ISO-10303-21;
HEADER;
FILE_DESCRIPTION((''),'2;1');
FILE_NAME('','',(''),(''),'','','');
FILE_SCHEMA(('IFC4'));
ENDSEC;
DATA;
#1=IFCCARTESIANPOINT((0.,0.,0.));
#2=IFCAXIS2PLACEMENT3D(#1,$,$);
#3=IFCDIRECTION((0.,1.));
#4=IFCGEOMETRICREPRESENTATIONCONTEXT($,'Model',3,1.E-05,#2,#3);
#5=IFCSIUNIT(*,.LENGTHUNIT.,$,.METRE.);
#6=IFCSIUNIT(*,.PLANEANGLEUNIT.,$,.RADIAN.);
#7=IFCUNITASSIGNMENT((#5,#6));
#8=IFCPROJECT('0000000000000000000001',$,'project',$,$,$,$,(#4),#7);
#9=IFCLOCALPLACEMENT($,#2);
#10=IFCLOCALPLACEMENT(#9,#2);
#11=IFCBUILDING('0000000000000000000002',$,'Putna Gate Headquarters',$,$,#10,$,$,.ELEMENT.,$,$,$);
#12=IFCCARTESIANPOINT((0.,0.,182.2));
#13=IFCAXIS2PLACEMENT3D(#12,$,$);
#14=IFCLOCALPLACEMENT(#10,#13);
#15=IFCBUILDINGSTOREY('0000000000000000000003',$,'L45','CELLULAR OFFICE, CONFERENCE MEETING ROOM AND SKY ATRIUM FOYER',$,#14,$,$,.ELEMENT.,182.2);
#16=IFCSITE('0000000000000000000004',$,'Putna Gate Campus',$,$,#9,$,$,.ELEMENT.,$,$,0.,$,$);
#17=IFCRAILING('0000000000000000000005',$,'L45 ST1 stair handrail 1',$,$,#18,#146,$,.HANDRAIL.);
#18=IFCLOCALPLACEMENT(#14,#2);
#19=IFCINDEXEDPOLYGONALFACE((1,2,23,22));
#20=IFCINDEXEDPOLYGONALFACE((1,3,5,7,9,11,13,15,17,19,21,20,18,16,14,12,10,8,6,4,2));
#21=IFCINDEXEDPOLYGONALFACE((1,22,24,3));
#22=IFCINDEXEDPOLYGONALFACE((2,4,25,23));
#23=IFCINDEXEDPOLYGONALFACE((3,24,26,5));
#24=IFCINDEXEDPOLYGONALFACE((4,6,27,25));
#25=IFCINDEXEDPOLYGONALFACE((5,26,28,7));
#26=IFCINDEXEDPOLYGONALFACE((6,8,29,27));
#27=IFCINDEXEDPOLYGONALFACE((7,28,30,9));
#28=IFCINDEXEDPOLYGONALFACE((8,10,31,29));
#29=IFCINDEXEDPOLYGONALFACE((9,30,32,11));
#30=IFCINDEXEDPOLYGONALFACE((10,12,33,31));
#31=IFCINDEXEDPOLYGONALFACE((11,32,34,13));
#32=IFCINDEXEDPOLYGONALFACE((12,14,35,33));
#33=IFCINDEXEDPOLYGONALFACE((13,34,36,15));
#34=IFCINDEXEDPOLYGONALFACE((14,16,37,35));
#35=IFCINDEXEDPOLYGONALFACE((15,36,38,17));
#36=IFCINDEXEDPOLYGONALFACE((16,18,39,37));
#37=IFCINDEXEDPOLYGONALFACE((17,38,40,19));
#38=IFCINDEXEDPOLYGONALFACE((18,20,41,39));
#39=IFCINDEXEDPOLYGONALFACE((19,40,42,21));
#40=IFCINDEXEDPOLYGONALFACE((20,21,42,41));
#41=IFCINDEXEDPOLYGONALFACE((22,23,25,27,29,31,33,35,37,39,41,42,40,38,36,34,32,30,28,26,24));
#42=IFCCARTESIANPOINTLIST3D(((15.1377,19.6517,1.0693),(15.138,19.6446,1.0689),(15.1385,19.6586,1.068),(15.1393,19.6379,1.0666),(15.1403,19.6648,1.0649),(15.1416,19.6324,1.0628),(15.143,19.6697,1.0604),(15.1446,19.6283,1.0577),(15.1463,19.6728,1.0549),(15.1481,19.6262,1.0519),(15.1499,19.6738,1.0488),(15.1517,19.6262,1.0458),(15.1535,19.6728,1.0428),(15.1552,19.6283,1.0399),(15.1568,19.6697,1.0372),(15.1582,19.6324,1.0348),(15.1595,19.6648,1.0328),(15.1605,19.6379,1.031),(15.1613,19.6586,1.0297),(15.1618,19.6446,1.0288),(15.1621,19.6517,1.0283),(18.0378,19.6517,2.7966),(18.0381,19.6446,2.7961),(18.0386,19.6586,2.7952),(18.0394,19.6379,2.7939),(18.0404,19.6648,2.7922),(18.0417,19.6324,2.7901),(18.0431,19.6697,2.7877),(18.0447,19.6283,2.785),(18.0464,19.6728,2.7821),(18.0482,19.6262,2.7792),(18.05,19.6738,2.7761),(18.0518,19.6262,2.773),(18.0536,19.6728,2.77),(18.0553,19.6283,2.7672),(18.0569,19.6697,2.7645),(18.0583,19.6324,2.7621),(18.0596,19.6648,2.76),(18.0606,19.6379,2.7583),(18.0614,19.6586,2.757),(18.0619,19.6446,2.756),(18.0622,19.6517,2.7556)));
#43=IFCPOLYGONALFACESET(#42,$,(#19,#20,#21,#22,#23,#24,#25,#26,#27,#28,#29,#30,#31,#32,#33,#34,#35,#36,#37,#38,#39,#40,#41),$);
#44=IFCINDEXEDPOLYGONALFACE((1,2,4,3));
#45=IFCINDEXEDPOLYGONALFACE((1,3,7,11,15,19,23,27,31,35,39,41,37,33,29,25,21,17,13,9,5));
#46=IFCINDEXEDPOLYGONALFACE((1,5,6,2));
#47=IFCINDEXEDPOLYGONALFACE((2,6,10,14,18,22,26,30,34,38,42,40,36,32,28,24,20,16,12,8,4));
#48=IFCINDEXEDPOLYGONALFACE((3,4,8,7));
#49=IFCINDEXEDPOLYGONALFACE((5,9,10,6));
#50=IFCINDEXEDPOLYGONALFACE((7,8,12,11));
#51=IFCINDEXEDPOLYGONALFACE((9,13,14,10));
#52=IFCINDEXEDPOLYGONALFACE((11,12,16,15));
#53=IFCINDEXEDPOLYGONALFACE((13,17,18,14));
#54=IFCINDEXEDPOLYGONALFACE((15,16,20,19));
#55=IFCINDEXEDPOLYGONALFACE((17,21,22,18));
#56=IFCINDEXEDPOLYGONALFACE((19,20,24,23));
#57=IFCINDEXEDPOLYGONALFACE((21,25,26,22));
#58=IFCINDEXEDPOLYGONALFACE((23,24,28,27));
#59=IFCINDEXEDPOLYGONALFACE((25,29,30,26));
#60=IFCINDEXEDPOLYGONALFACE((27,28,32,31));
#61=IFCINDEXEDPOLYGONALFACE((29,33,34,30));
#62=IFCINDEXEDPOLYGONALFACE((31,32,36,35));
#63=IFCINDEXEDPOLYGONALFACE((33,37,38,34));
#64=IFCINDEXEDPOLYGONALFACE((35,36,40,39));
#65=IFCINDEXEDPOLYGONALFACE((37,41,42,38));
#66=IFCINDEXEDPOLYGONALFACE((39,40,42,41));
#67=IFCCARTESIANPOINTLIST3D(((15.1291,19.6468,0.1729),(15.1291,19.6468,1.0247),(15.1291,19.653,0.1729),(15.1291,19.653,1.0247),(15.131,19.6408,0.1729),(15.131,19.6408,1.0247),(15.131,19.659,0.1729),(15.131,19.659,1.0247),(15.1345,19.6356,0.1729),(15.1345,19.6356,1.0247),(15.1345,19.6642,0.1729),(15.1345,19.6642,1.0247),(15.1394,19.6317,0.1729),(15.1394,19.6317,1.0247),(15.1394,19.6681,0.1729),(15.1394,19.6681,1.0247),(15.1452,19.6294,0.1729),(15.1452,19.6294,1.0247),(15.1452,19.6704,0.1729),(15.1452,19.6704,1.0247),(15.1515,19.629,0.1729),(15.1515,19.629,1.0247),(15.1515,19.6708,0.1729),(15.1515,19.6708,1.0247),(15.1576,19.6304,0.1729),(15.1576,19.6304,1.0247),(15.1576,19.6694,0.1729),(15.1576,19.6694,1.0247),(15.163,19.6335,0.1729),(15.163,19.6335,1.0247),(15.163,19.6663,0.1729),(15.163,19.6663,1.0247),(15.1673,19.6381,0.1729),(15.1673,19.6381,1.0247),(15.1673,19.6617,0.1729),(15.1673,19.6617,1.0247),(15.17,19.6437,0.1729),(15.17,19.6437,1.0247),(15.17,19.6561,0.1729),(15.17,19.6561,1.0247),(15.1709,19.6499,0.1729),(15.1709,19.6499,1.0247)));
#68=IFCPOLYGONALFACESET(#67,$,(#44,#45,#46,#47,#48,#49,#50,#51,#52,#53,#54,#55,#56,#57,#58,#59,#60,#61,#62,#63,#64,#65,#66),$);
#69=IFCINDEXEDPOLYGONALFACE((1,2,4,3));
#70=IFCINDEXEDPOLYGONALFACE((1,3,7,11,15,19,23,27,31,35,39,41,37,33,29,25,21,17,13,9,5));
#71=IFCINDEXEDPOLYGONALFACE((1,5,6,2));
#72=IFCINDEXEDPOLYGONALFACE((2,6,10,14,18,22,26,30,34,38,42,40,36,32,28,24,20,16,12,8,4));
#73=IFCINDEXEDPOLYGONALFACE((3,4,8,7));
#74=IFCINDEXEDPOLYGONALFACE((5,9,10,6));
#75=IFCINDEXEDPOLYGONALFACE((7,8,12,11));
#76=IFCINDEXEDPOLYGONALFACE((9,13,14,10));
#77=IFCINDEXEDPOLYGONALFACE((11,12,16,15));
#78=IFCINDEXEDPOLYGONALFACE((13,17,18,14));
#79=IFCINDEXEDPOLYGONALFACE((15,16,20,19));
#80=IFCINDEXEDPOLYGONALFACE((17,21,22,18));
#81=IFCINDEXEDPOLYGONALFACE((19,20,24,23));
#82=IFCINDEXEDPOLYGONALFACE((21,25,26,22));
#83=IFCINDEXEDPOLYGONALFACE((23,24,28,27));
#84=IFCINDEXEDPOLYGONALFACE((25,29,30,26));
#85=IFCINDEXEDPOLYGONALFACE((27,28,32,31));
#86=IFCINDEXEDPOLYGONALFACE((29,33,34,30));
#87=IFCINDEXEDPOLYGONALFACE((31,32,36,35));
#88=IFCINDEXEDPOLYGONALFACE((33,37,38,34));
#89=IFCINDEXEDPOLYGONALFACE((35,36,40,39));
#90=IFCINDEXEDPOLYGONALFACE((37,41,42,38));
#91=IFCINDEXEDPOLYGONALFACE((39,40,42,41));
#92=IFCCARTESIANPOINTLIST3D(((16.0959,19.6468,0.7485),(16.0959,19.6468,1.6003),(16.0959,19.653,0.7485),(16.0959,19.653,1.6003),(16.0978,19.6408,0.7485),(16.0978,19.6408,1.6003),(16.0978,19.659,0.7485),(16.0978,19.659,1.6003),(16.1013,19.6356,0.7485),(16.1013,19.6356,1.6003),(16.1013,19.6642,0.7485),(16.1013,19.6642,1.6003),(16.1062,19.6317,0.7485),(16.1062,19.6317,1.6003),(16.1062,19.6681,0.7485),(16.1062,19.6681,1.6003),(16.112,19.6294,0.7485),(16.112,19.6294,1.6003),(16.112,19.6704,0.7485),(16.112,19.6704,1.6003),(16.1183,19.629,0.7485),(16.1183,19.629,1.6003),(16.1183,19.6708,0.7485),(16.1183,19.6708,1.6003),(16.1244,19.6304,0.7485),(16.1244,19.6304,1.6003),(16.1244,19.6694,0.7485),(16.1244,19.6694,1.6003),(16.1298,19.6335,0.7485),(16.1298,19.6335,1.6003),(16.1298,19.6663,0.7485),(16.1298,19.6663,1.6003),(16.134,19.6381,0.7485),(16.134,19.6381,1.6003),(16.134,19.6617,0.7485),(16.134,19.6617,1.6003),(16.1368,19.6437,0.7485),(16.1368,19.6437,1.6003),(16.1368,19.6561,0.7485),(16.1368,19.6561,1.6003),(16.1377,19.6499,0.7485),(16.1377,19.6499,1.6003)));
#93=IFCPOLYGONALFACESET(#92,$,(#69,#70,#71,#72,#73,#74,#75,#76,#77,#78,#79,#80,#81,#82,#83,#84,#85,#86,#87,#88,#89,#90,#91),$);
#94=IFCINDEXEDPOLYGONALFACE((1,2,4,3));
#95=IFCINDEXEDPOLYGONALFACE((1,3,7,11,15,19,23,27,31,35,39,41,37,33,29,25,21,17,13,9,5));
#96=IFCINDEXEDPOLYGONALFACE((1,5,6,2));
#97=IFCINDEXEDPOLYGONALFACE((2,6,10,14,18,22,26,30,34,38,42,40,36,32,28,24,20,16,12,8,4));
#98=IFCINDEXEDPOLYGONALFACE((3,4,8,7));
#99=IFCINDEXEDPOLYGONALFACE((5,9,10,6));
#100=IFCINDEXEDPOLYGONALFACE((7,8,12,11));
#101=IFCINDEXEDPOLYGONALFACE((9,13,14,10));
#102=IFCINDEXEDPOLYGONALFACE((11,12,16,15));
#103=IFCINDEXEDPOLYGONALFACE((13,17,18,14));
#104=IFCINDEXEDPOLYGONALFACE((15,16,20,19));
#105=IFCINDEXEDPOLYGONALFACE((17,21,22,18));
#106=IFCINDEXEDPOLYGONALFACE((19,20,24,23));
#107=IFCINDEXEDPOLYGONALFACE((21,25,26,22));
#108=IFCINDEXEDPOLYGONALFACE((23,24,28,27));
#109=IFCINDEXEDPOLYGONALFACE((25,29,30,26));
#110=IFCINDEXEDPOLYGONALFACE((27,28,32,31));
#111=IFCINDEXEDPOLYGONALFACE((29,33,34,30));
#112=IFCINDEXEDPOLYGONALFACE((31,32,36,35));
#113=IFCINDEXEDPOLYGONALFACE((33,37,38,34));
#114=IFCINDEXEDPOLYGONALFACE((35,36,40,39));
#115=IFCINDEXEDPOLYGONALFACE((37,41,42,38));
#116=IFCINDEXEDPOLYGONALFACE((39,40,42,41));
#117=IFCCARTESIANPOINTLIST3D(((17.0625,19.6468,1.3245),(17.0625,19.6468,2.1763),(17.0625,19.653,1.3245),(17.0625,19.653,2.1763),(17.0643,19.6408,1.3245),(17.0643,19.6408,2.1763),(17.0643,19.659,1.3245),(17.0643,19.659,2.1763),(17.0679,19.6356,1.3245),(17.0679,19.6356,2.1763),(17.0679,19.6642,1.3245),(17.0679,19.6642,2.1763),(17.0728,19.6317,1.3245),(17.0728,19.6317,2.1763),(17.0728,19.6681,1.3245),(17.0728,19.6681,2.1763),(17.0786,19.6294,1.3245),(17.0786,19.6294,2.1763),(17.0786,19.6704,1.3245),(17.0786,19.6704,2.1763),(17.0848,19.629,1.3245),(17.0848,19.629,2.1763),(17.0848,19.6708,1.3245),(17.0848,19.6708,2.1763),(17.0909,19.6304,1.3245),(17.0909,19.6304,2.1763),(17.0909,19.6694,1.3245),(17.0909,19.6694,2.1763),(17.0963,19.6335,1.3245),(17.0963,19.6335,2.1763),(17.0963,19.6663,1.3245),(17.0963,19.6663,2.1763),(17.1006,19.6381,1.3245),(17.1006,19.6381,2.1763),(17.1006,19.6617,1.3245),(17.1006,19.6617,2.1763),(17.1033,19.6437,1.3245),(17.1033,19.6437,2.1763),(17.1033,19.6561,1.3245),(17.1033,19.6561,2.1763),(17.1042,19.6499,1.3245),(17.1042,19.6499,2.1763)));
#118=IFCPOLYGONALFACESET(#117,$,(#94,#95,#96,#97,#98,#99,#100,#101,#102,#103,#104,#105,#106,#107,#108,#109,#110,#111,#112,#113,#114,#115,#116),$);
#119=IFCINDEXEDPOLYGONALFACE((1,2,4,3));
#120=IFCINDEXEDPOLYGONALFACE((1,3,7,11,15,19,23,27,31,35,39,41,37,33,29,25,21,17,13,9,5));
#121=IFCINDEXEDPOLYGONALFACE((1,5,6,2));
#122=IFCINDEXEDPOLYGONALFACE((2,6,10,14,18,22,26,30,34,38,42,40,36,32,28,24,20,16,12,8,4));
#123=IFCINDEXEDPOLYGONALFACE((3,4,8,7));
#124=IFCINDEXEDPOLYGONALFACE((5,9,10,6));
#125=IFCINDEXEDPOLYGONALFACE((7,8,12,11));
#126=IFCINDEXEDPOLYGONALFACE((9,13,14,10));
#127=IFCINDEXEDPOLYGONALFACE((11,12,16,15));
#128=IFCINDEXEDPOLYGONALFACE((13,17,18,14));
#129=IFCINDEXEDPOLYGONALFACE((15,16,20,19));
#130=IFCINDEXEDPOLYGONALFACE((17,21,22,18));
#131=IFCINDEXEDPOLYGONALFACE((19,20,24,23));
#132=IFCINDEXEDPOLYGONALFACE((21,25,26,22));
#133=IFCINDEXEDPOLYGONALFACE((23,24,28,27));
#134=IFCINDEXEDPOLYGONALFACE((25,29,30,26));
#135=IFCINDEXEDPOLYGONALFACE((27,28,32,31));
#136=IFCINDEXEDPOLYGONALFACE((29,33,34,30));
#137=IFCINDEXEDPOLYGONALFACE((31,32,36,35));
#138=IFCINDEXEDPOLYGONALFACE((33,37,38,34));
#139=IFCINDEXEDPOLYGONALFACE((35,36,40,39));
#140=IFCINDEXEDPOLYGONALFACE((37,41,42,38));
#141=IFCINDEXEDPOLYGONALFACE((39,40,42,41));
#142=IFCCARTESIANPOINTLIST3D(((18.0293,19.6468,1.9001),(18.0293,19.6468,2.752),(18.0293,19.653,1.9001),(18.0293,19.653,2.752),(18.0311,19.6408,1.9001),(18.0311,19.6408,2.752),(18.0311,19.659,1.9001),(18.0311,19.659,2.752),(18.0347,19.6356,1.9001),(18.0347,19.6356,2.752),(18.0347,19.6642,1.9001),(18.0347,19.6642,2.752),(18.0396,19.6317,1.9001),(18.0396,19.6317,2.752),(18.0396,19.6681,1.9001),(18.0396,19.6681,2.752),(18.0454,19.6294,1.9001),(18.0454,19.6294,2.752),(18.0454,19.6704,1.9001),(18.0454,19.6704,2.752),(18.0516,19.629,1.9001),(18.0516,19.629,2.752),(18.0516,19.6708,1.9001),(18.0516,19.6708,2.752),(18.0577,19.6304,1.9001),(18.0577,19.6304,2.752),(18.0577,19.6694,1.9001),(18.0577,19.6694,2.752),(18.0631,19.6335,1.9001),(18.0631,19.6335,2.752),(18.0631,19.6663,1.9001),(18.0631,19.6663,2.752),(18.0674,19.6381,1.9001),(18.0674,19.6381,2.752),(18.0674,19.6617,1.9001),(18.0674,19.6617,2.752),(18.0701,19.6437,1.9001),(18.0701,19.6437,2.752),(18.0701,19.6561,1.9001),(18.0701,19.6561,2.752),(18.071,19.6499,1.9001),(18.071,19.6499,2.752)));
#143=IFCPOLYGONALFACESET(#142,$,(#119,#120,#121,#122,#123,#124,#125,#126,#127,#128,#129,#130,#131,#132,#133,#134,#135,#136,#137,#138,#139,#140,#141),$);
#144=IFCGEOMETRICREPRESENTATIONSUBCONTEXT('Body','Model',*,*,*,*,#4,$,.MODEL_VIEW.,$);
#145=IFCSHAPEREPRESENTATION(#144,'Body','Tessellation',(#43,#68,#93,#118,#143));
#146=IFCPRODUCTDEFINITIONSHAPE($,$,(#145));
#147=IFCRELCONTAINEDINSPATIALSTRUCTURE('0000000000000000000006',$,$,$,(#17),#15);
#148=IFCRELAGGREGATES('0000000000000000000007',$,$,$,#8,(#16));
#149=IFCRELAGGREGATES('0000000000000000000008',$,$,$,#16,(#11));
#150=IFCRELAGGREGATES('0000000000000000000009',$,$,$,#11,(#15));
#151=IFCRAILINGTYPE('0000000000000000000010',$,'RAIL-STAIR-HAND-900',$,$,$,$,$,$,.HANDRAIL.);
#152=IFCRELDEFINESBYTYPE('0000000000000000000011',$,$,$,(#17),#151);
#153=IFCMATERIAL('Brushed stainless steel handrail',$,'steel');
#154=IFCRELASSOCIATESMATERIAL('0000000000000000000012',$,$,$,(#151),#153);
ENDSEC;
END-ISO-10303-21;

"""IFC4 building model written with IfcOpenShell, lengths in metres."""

from ifc_helpers import new_model, si_unit, direction, frame, origin, origin_2d, place, context, subcontext, project, spatial, circle, extrude, material, type_object, element, save


model = new_model("IFC4")

# Units and contexts
model_context = context("Model", 3, precision=1e-05, world=origin(), true_north=direction((0.0, 1.0)))
body_context = subcontext(model_context, "Body", "Model", "MODEL_VIEW")
ifc_project = project(units=[si_unit("LENGTHUNIT", "METRE"), si_unit("PLANEANGLEUNIT", "RADIAN")], contexts=[model_context])

# Site, building, storey
site_placement = place(None, origin())
site = spatial("IfcSite", under=ifc_project, at=site_placement, Name="Putna Gate Campus", CompositionType="ELEMENT", RefElevation=0.0)
building_placement = place(site_placement, origin())
building = spatial("IfcBuilding", under=site, at=building_placement, Name="Putna Gate Headquarters", CompositionType="ELEMENT")
storey_placement = place(building_placement, frame((0.0, 0.0, 182.2)))
storey = spatial("IfcBuildingStorey", under=building, at=storey_placement, Name="L45", Description="CELLULAR OFFICE, CONFERENCE MEETING ROOM AND SKY ATRIUM FOYER", CompositionType="ELEMENT", Elevation=182.2)

# Railing
ifc_material_1 = material(Name="Brushed stainless steel handrail", Category="steel")
railing_type = type_object("IfcRailingType", Name="RAIL-STAIR-HAND-900", PredefinedType="HANDRAIL", material=ifc_material_1)
railing_placement = place(storey_placement, frame((15.1499, 19.6499, 0.1729)))
element("IfcRailing", 1, at=railing_placement, inside=storey, type_object=railing_type, Name="L45 ST1 stair handrail 1", PredefinedType="HANDRAIL", context=body_context, shape_type="SweptSolid", body=[
    extrude(circle(Radius=0.0239, at=origin_2d()), frame((0.0, 0.0, 0.876), z_axis=(0.85916, 0.0, 0.511706), x_axis=(0.0, 1.0, 0.0)), (0.0, 0.0, 1.0), 3.3755),
    extrude(circle(Radius=0.021, at=origin_2d()), origin(), (0.0, 0.0, 1.0), 0.8518),
    extrude(circle(Radius=0.021, at=origin_2d()), frame((0.9668, 0.0, 0.5757)), (0.0, 0.0, 1.0), 0.8518),
    extrude(circle(Radius=0.021, at=origin_2d()), frame((1.9333, 0.0, 1.1516)), (0.0, 0.0, 1.0), 0.8518),
    extrude(circle(Radius=0.021, at=origin_2d()), frame((2.9001, 0.0, 1.7273)), (0.0, 0.0, 1.0), 0.8518),
])

save(model, "model.ifc")
